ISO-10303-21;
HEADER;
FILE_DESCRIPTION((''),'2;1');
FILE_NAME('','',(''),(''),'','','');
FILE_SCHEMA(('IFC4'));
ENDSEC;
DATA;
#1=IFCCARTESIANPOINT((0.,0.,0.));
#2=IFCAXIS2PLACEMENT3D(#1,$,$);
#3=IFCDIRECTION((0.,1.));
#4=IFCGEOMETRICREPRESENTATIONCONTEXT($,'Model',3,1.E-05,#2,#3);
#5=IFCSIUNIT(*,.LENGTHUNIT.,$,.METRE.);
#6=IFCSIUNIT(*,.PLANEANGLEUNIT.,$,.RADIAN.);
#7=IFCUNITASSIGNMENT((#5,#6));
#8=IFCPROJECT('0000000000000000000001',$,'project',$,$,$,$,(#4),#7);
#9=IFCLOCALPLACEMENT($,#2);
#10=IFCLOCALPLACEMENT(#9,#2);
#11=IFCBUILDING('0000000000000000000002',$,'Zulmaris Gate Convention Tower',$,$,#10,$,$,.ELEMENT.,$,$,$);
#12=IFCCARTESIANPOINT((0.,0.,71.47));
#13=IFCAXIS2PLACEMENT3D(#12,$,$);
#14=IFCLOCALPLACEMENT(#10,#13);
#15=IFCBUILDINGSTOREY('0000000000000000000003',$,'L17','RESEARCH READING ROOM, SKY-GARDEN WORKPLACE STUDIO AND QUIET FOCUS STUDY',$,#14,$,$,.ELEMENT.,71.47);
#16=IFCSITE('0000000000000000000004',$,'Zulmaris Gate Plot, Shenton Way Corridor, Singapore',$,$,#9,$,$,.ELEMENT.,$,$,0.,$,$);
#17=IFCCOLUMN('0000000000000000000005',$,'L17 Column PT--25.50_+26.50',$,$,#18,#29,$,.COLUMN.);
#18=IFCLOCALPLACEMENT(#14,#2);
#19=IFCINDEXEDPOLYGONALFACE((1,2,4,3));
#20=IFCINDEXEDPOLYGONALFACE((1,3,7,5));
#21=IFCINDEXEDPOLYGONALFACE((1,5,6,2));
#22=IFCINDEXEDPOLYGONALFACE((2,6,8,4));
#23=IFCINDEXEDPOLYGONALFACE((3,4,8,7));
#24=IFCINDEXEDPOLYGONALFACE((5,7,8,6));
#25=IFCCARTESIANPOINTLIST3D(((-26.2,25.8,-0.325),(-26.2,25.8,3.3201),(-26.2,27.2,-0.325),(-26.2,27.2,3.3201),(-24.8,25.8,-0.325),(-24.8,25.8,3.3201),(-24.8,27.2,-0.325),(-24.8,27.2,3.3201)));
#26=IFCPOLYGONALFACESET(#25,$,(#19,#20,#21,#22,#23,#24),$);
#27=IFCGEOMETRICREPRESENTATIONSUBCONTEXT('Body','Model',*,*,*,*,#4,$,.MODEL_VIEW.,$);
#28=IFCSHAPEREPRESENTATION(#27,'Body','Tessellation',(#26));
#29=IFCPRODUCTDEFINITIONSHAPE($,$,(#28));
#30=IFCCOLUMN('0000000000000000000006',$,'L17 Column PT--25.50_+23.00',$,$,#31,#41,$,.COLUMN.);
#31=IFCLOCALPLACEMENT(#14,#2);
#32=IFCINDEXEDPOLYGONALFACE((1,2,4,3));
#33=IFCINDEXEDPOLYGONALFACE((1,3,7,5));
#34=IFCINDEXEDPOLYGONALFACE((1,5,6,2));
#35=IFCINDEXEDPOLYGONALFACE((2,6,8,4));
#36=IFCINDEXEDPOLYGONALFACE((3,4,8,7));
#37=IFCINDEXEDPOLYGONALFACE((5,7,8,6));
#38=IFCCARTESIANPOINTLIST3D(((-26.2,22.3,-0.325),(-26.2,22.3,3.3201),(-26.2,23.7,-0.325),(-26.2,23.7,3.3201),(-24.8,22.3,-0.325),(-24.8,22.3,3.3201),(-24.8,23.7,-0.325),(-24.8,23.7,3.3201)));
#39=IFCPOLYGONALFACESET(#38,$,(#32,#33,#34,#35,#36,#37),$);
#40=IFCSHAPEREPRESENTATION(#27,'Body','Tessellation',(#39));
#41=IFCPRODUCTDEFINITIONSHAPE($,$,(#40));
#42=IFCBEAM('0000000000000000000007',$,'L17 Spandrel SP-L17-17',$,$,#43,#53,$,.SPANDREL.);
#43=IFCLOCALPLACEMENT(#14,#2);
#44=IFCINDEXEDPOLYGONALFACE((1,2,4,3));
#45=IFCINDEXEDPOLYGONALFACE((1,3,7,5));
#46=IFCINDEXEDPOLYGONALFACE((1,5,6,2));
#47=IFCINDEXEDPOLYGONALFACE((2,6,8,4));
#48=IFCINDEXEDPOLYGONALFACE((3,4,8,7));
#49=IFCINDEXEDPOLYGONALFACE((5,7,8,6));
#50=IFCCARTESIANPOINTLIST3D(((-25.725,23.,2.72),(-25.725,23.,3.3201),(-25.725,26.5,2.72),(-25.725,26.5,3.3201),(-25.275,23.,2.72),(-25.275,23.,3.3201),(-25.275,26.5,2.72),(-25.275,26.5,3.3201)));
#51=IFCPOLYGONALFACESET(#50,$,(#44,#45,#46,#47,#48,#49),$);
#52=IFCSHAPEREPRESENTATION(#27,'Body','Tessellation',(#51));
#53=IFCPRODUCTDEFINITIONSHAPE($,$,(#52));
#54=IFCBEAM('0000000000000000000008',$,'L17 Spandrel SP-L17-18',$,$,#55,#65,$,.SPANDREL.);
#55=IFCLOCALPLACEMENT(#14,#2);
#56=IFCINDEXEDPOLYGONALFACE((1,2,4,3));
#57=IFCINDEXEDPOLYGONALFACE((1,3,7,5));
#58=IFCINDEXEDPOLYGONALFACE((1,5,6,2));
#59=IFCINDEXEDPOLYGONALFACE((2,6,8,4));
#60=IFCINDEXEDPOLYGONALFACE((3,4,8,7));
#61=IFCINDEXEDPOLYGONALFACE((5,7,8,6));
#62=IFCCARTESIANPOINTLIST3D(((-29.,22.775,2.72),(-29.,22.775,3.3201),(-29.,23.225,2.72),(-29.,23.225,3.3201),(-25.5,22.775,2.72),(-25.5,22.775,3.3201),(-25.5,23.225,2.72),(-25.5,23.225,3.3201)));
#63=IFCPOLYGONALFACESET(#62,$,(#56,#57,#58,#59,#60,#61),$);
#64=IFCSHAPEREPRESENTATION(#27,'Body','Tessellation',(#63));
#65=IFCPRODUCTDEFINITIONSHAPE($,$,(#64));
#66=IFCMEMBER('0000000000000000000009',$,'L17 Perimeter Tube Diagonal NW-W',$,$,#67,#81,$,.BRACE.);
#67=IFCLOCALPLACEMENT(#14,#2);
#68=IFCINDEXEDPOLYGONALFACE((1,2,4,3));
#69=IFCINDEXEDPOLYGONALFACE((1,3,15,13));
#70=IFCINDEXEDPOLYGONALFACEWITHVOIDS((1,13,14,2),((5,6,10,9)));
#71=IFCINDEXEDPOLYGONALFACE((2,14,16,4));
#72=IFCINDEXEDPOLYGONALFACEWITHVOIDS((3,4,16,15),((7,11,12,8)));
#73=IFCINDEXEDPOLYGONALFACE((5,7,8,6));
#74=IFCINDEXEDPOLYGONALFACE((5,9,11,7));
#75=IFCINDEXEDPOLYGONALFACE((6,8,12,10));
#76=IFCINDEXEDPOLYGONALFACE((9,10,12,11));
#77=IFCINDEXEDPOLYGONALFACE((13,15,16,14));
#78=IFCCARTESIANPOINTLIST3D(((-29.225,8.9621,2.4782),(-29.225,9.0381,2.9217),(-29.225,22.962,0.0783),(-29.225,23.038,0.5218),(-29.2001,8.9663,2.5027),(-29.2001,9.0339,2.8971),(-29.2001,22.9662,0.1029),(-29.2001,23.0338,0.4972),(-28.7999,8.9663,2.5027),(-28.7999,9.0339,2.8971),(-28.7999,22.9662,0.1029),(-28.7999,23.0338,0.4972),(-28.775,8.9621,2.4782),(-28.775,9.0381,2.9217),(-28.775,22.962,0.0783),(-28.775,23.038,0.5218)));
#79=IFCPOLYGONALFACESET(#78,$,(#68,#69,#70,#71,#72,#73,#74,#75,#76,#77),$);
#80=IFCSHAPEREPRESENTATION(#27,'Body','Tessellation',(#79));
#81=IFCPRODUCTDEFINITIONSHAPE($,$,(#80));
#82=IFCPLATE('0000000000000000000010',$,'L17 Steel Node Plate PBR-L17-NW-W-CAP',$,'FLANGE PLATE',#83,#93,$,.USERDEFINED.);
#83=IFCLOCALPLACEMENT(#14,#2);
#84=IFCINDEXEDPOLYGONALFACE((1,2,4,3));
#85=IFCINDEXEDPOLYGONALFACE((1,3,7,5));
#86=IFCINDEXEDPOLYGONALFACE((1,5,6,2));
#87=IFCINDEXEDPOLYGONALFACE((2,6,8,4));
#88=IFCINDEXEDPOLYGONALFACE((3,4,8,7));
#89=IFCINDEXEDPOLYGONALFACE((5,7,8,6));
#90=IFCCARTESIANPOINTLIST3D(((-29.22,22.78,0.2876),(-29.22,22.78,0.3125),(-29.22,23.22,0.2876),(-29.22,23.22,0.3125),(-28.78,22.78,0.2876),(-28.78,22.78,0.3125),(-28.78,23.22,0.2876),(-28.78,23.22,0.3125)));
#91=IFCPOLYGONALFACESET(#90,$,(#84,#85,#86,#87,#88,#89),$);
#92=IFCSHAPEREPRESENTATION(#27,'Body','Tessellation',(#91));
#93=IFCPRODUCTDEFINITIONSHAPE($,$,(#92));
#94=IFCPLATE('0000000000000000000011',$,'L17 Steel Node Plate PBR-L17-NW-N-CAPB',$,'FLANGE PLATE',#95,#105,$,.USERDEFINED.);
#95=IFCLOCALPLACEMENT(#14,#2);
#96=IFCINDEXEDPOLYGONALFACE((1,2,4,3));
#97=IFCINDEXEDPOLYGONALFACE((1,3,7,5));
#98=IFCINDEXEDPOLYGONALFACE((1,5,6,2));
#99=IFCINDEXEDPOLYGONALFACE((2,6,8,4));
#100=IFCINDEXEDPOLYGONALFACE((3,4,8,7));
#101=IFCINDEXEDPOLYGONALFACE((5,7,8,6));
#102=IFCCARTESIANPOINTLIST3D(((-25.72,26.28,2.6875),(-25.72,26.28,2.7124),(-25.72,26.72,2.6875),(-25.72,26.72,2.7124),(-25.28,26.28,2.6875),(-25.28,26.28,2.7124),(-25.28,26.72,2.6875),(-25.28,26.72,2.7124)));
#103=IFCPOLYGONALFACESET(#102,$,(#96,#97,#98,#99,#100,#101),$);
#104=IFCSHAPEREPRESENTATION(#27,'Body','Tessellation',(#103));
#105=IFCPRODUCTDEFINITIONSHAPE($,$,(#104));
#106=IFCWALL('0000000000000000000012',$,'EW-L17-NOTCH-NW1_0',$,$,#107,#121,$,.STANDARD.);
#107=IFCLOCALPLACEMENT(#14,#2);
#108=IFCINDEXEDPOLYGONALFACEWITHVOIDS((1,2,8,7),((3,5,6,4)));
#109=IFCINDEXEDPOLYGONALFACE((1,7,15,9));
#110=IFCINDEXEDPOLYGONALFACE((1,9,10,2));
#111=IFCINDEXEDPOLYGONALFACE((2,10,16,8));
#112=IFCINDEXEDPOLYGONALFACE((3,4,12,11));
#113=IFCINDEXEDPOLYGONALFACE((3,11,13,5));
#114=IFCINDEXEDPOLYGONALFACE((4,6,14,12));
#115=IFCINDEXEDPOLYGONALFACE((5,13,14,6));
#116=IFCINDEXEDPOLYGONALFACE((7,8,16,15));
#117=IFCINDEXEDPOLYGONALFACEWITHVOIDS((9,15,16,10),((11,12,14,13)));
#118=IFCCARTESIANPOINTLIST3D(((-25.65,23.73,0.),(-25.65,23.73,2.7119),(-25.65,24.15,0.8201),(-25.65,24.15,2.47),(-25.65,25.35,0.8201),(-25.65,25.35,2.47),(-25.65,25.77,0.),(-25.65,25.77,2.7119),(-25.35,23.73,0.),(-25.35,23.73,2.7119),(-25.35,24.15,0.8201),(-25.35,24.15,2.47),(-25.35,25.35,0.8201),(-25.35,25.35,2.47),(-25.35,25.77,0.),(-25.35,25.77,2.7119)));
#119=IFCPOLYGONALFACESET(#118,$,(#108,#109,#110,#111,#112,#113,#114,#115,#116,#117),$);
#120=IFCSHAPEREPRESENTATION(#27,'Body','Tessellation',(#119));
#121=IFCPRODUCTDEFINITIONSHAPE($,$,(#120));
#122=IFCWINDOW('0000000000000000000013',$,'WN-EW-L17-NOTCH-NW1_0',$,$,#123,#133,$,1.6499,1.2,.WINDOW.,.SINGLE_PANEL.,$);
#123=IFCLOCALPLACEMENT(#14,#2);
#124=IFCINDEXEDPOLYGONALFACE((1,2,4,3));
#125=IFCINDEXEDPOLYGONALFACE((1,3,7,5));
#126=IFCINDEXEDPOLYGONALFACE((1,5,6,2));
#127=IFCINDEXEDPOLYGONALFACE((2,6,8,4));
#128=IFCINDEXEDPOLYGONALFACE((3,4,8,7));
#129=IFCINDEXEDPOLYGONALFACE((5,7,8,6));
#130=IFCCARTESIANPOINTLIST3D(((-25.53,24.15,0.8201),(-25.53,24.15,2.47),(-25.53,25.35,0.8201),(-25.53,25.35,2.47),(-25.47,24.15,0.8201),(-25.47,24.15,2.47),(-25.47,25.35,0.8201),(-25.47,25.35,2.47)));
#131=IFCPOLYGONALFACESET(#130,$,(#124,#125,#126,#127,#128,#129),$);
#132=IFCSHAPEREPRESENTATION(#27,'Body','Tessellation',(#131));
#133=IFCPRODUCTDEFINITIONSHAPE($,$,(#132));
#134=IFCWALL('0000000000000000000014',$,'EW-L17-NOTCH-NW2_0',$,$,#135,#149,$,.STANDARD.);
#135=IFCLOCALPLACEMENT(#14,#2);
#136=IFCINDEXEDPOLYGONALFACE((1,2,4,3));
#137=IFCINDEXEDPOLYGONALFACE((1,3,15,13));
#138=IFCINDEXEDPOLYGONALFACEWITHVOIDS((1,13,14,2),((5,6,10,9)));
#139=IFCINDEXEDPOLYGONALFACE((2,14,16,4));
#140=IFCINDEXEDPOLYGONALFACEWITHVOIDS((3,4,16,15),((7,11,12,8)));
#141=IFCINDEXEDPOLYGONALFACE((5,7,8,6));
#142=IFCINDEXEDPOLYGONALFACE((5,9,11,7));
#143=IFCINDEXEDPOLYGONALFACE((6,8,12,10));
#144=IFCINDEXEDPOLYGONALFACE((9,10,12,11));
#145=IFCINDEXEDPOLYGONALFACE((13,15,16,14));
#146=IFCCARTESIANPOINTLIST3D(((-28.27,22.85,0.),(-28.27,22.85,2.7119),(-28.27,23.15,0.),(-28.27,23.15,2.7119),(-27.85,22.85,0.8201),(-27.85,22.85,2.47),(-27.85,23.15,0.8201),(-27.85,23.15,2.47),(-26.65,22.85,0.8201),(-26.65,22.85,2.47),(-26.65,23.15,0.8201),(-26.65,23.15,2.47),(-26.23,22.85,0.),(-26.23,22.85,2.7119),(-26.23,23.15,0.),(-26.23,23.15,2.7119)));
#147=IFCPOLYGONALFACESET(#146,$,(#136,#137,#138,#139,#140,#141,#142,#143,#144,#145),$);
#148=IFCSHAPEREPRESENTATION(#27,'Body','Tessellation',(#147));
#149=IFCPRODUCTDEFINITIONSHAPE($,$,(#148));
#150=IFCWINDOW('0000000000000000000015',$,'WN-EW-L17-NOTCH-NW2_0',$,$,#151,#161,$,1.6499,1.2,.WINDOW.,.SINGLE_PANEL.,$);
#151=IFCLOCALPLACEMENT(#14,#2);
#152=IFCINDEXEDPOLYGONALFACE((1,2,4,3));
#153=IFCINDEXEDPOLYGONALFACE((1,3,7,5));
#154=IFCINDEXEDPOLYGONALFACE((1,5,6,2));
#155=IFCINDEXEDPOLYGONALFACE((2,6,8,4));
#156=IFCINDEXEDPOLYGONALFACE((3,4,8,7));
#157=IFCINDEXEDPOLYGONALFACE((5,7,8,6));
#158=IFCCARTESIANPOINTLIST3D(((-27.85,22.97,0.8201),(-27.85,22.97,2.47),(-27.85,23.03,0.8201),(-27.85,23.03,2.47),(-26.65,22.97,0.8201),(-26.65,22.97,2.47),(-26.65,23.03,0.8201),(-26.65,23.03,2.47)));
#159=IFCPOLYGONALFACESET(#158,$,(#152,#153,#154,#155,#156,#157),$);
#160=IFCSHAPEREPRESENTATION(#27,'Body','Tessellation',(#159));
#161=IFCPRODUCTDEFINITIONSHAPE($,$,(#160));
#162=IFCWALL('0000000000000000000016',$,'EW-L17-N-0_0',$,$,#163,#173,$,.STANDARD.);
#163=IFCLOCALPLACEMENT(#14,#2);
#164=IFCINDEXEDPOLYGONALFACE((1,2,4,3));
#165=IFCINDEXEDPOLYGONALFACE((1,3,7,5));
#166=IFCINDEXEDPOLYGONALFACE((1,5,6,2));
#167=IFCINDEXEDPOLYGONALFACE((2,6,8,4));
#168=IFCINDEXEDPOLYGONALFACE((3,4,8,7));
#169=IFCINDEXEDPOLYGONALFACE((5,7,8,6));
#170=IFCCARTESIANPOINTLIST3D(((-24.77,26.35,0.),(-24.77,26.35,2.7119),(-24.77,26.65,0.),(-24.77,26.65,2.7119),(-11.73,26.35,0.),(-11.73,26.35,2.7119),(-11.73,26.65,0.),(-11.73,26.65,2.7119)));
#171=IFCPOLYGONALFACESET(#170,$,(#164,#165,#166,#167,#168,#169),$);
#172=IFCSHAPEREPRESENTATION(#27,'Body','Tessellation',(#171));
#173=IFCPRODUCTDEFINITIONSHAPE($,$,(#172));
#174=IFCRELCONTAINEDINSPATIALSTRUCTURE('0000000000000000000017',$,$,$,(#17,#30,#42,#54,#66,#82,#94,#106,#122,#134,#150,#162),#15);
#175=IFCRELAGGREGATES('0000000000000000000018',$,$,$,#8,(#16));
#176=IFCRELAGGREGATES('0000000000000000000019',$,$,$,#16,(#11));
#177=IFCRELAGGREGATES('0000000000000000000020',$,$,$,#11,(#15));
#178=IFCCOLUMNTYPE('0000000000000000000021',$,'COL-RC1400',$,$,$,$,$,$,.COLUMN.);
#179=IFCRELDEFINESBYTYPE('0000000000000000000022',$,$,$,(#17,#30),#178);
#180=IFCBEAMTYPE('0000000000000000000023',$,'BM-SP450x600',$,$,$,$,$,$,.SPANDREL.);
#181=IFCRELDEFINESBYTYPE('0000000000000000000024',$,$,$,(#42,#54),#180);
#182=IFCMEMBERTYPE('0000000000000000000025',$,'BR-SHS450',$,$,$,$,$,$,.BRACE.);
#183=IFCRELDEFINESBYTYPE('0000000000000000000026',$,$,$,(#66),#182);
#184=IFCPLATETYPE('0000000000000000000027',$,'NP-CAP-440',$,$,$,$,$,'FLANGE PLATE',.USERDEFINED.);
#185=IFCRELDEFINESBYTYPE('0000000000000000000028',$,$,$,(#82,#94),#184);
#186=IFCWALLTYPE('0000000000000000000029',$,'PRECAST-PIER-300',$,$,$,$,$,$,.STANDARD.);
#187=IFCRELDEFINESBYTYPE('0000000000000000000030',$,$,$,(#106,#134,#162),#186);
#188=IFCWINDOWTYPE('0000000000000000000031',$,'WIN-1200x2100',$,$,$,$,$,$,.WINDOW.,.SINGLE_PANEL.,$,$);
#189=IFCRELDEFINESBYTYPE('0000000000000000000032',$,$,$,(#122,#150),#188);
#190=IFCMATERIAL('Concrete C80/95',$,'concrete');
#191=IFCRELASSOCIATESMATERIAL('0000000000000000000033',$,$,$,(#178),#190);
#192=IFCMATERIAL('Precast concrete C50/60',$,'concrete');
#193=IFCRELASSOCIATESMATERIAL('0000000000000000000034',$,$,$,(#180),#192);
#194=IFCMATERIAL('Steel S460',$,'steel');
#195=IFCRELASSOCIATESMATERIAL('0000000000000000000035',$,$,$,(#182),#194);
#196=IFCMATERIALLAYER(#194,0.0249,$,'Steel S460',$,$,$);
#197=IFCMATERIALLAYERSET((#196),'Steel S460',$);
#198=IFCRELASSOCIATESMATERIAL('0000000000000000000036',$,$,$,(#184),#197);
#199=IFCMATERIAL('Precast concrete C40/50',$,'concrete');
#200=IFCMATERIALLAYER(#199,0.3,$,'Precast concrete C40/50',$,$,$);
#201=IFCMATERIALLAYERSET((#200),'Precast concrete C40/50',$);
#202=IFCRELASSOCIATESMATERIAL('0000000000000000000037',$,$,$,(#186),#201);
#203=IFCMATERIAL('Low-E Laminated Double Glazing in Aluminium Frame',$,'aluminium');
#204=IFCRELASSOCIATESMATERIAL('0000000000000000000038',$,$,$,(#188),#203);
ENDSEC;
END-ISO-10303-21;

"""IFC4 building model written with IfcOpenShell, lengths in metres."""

from ifc_helpers import new_model, si_unit, direction, frame, frame_2d, origin, origin_2d, place, context, subcontext, project, spatial, rectangle, hollow_rectangle, extrude, material, layer, layer_set, material_profile, profile_set, type_object, element, fill, save


model = new_model("IFC4")

# Units and contexts
model_context = context("Model", 3, precision=1e-05, world=origin(), true_north=direction((0.0, 1.0)))
body_context = subcontext(model_context, "Body", "Model", "MODEL_VIEW")
ifc_project = project(units=[si_unit("LENGTHUNIT", "METRE"), si_unit("PLANEANGLEUNIT", "RADIAN")], contexts=[model_context])

# Site, building, storey
site_placement = place(None, origin())
site = spatial("IfcSite", under=ifc_project, at=site_placement, Name="Zulmaris Gate Plot, Shenton Way Corridor, Singapore", CompositionType="ELEMENT", RefElevation=0.0)
building_placement = place(site_placement, origin())
building = spatial("IfcBuilding", under=site, at=building_placement, Name="Zulmaris Gate Convention Tower", CompositionType="ELEMENT")
storey_placement = place(building_placement, frame((0.0, 0.0, 71.47)))
storey = spatial("IfcBuildingStorey", under=building, at=storey_placement, Name="L17", Description="RESEARCH READING ROOM, SKY-GARDEN WORKPLACE STUDIO AND QUIET FOCUS STUDY", CompositionType="ELEMENT", Elevation=71.47)

# Columns
ifc_material_1 = material(Name="Concrete C80/95", Category="concrete")
ifc_material_profile_1 = material_profile(ifc_material_1, rectangle(XDim=1.3999, YDim=1.3999, at=origin_2d()), Name="RC COL 1400x1400")
ifc_profile_set_1 = profile_set([ifc_material_profile_1], Name="Concrete C80/95")
column_type = type_object("IfcColumnType", Name="COL-RC1400", PredefinedType="COLUMN", material=ifc_profile_set_1)
for number, where, z_axis, x_axis, name in (
    (1, (-25.5, 26.5, -0.325), (0.0, 0.0, 1.0), (1.0, 0.0, 0.0), "L17 Column PT--25.50_+26.50"),
    (2, (-25.5, 23.0, -0.325), (0.0, 0.0, 1.0), (1.0, 0.0, 0.0), "L17 Column PT--25.50_+23.00"),
):
    element("IfcColumn", number, at=place(storey_placement, frame(where, z_axis=z_axis, x_axis=x_axis)), inside=storey, type_object=column_type, Name=name, PredefinedType="COLUMN", context=body_context, shape_type="SweptSolid", body=[
        extrude(rectangle(XDim=1.3999, YDim=1.3999, at=origin_2d()), origin(), (0.0, 0.0, 1.0), 3.645),
    ])

# Beams
ifc_material_2 = material(Name="Precast concrete C50/60", Category="concrete")
ifc_material_profile_2 = material_profile(ifc_material_2, rectangle(XDim=0.45, YDim=0.6001, at=origin_2d()), Name="RC SPANDREL 450x600")
ifc_profile_set_2 = profile_set([ifc_material_profile_2], Name="Precast concrete C50/60")
beam_type = type_object("IfcBeamType", Name="BM-SP450x600", PredefinedType="SPANDREL", material=ifc_profile_set_2)
for number, where, z_axis, x_axis, name in (
    (3, (-25.5, 26.5, 3.02), (0.0, -1.0, 0.0), (1.0, 0.0, 0.0), "L17 Spandrel SP-L17-17"),
    (4, (-25.5, 23.0, 3.02), (-1.0, 0.0, 0.0), (0.0, -1.0, 0.0), "L17 Spandrel SP-L17-18"),
):
    element("IfcBeam", number, at=place(storey_placement, frame(where, z_axis=z_axis, x_axis=x_axis)), inside=storey, type_object=beam_type, Name=name, PredefinedType="SPANDREL", context=body_context, shape_type="SweptSolid", body=[
        extrude(rectangle(XDim=0.45, YDim=0.6001, at=origin_2d()), origin(), (0.0, 0.0, 1.0), 3.5),
    ])

# Member
ifc_material_3 = material(Name="Steel S460", Category="steel")
ifc_material_profile_3 = material_profile(ifc_material_3, hollow_rectangle(XDim=0.45, YDim=0.45, WallThickness=0.0249, at=origin_2d()), Name="SHS 450x450x25")
ifc_profile_set_3 = profile_set([ifc_material_profile_3], Name="Steel S460")
member_type = type_object("IfcMemberType", Name="BR-SHS450", PredefinedType="BRACE", material=ifc_profile_set_3)
member_placement = place(storey_placement, frame((-29.0, 23.0, 0.3), z_axis=(0.0, -0.985623, 0.168957), x_axis=(1.0, 0.0, 0.0)))
element("IfcMember", 5, at=member_placement, inside=storey, type_object=member_type, Name="L17 Perimeter Tube Diagonal NW-W", PredefinedType="BRACE", context=body_context, shape_type="SweptSolid", body=[
    extrude(hollow_rectangle(XDim=0.45, YDim=0.45, WallThickness=0.0249, at=origin_2d()), origin(), (0.0, 0.0, 1.0), 14.2041),
])

# Plates
ifc_layer_1 = layer(ifc_material_3, 0.0249, Name="Steel S460")
ifc_layer_set_1 = layer_set([ifc_layer_1], Name="Steel S460")
plate_type = type_object("IfcPlateType", Name="NP-CAP-440", ElementType="FLANGE PLATE", PredefinedType="USERDEFINED", material=ifc_layer_set_1)
for number, where, z_axis, x_axis, name in (
    (6, (-29.0, 23.0, 0.2876), (0.0, 0.0, 1.0), (1.0, 0.0, 0.0), "L17 Steel Node Plate PBR-L17-NW-W-CAP"),
    (7, (-25.5, 26.5, 2.6875), (0.0, 0.0, 1.0), (1.0, 0.0, 0.0), "L17 Steel Node Plate PBR-L17-NW-N-CAPB"),
):
    element("IfcPlate", number, at=place(storey_placement, frame(where, z_axis=z_axis, x_axis=x_axis)), inside=storey, type_object=plate_type, Name=name, ObjectType="FLANGE PLATE", PredefinedType="USERDEFINED", context=body_context, shape_type="SweptSolid", body=[
        extrude(rectangle(XDim=0.4399, YDim=0.4399, at=origin_2d()), origin(), (0.0, 0.0, 1.0), 0.0249),
    ])

# Walls, openings, windows
ifc_material_4 = material(Name="Precast concrete C40/50", Category="concrete")
ifc_layer_2 = layer(ifc_material_4, 0.3, Name="Precast concrete C40/50")
ifc_layer_set_2 = layer_set([ifc_layer_2], Name="Precast concrete C40/50")
wall_type = type_object("IfcWallType", Name="PRECAST-PIER-300", PredefinedType="STANDARD", material=ifc_layer_set_2)
wall_1_placement = place(storey_placement, frame((-25.5, 25.77, 0.0), z_axis=(0.0, 0.0, 1.0), x_axis=(0.0, -1.0, 0.0)))
wall_1 = element("IfcWall", 8, at=wall_1_placement, inside=storey, type_object=wall_type, Name="EW-L17-NOTCH-NW1_0", PredefinedType="STANDARD", context=body_context, shape_type="SweptSolid", body=[
    extrude(rectangle(XDim=2.04, YDim=0.3, at=frame_2d((1.02, 0.0))), origin(), (0.0, 0.0, 1.0), 2.7119),
])
opening_1_placement = place(wall_1_placement, frame((0.4199, 0.0, 0.8201)))
opening_1 = element("IfcOpeningElement", 9, at=opening_1_placement, cuts=wall_1, PredefinedType="OPENING", context=body_context, shape_type="SweptSolid", body=[
    extrude(rectangle(XDim=1.2, YDim=1.6499, at=frame_2d((0.6001, 0.825))), frame((0.0, 0.1602, 0.0), z_axis=(0.0, -1.0, 0.0), x_axis=(1.0, 0.0, 0.0)), (0.0, 0.0, 1.0), 0.3201),
])
ifc_material_5 = material(Name="Low-E Laminated Double Glazing in Aluminium Frame", Category="aluminium")
window_type = type_object("IfcWindowType", Name="WIN-1200x2100", PartitioningType="SINGLE_PANEL", PredefinedType="WINDOW", material=ifc_material_5)
window_1_placement = place(opening_1_placement, origin())
window_1 = element("IfcWindow", 10, at=window_1_placement, inside=storey, type_object=window_type, Name="WN-EW-L17-NOTCH-NW1_0", OverallHeight=1.6499, OverallWidth=1.2, PartitioningType="SINGLE_PANEL", PredefinedType="WINDOW", context=body_context, shape_type="SweptSolid", body=[
    extrude(rectangle(XDim=1.2, YDim=1.6499, at=frame_2d((0.6001, 0.825))), frame((0.0, 0.03, 0.0), z_axis=(0.0, -1.0, 0.0), x_axis=(1.0, 0.0, 0.0)), (0.0, 0.0, 1.0), 0.0601),
])
fill(opening_1, window_1)
wall_2_placement = place(storey_placement, frame((-26.23, 23.0, 0.0), z_axis=(0.0, 0.0, 1.0), x_axis=(-1.0, 0.0, 0.0)))
wall_2 = element("IfcWall", 11, at=wall_2_placement, inside=storey, type_object=wall_type, Name="EW-L17-NOTCH-NW2_0", PredefinedType="STANDARD", context=body_context, shape_type="SweptSolid", body=[
    extrude(rectangle(XDim=2.04, YDim=0.3, at=frame_2d((1.02, 0.0))), origin(), (0.0, 0.0, 1.0), 2.7119),
])
opening_2_placement = place(wall_2_placement, frame((0.4199, 0.0, 0.8201)))
opening_2 = element("IfcOpeningElement", 12, at=opening_2_placement, cuts=wall_2, PredefinedType="OPENING", context=body_context, shape_type="SweptSolid", body=[
    extrude(rectangle(XDim=1.2, YDim=1.6499, at=frame_2d((0.6001, 0.825))), frame((0.0, 0.1602, 0.0), z_axis=(0.0, -1.0, 0.0), x_axis=(1.0, 0.0, 0.0)), (0.0, 0.0, 1.0), 0.3201),
])
window_2_placement = place(opening_2_placement, origin())
window_2 = element("IfcWindow", 13, at=window_2_placement, inside=storey, type_object=window_type, Name="WN-EW-L17-NOTCH-NW2_0", OverallHeight=1.6499, OverallWidth=1.2, PartitioningType="SINGLE_PANEL", PredefinedType="WINDOW", context=body_context, shape_type="SweptSolid", body=[
    extrude(rectangle(XDim=1.2, YDim=1.6499, at=frame_2d((0.6001, 0.825))), frame((0.0, 0.03, 0.0), z_axis=(0.0, -1.0, 0.0), x_axis=(1.0, 0.0, 0.0)), (0.0, 0.0, 1.0), 0.0601),
])
fill(opening_2, window_2)

# Wall
wall_3_placement = place(storey_placement, frame((-11.73, 26.5, 0.0), z_axis=(0.0, 0.0, 1.0), x_axis=(-1.0, 0.0, 0.0)))
element("IfcWall", 14, at=wall_3_placement, inside=storey, type_object=wall_type, Name="EW-L17-N-0_0", PredefinedType="STANDARD", context=body_context, shape_type="SweptSolid", body=[
    extrude(rectangle(XDim=13.04, YDim=0.3, at=frame_2d((6.52, 0.0))), origin(), (0.0, 0.0, 1.0), 2.7119),
])

save(model, "model.ifc")
